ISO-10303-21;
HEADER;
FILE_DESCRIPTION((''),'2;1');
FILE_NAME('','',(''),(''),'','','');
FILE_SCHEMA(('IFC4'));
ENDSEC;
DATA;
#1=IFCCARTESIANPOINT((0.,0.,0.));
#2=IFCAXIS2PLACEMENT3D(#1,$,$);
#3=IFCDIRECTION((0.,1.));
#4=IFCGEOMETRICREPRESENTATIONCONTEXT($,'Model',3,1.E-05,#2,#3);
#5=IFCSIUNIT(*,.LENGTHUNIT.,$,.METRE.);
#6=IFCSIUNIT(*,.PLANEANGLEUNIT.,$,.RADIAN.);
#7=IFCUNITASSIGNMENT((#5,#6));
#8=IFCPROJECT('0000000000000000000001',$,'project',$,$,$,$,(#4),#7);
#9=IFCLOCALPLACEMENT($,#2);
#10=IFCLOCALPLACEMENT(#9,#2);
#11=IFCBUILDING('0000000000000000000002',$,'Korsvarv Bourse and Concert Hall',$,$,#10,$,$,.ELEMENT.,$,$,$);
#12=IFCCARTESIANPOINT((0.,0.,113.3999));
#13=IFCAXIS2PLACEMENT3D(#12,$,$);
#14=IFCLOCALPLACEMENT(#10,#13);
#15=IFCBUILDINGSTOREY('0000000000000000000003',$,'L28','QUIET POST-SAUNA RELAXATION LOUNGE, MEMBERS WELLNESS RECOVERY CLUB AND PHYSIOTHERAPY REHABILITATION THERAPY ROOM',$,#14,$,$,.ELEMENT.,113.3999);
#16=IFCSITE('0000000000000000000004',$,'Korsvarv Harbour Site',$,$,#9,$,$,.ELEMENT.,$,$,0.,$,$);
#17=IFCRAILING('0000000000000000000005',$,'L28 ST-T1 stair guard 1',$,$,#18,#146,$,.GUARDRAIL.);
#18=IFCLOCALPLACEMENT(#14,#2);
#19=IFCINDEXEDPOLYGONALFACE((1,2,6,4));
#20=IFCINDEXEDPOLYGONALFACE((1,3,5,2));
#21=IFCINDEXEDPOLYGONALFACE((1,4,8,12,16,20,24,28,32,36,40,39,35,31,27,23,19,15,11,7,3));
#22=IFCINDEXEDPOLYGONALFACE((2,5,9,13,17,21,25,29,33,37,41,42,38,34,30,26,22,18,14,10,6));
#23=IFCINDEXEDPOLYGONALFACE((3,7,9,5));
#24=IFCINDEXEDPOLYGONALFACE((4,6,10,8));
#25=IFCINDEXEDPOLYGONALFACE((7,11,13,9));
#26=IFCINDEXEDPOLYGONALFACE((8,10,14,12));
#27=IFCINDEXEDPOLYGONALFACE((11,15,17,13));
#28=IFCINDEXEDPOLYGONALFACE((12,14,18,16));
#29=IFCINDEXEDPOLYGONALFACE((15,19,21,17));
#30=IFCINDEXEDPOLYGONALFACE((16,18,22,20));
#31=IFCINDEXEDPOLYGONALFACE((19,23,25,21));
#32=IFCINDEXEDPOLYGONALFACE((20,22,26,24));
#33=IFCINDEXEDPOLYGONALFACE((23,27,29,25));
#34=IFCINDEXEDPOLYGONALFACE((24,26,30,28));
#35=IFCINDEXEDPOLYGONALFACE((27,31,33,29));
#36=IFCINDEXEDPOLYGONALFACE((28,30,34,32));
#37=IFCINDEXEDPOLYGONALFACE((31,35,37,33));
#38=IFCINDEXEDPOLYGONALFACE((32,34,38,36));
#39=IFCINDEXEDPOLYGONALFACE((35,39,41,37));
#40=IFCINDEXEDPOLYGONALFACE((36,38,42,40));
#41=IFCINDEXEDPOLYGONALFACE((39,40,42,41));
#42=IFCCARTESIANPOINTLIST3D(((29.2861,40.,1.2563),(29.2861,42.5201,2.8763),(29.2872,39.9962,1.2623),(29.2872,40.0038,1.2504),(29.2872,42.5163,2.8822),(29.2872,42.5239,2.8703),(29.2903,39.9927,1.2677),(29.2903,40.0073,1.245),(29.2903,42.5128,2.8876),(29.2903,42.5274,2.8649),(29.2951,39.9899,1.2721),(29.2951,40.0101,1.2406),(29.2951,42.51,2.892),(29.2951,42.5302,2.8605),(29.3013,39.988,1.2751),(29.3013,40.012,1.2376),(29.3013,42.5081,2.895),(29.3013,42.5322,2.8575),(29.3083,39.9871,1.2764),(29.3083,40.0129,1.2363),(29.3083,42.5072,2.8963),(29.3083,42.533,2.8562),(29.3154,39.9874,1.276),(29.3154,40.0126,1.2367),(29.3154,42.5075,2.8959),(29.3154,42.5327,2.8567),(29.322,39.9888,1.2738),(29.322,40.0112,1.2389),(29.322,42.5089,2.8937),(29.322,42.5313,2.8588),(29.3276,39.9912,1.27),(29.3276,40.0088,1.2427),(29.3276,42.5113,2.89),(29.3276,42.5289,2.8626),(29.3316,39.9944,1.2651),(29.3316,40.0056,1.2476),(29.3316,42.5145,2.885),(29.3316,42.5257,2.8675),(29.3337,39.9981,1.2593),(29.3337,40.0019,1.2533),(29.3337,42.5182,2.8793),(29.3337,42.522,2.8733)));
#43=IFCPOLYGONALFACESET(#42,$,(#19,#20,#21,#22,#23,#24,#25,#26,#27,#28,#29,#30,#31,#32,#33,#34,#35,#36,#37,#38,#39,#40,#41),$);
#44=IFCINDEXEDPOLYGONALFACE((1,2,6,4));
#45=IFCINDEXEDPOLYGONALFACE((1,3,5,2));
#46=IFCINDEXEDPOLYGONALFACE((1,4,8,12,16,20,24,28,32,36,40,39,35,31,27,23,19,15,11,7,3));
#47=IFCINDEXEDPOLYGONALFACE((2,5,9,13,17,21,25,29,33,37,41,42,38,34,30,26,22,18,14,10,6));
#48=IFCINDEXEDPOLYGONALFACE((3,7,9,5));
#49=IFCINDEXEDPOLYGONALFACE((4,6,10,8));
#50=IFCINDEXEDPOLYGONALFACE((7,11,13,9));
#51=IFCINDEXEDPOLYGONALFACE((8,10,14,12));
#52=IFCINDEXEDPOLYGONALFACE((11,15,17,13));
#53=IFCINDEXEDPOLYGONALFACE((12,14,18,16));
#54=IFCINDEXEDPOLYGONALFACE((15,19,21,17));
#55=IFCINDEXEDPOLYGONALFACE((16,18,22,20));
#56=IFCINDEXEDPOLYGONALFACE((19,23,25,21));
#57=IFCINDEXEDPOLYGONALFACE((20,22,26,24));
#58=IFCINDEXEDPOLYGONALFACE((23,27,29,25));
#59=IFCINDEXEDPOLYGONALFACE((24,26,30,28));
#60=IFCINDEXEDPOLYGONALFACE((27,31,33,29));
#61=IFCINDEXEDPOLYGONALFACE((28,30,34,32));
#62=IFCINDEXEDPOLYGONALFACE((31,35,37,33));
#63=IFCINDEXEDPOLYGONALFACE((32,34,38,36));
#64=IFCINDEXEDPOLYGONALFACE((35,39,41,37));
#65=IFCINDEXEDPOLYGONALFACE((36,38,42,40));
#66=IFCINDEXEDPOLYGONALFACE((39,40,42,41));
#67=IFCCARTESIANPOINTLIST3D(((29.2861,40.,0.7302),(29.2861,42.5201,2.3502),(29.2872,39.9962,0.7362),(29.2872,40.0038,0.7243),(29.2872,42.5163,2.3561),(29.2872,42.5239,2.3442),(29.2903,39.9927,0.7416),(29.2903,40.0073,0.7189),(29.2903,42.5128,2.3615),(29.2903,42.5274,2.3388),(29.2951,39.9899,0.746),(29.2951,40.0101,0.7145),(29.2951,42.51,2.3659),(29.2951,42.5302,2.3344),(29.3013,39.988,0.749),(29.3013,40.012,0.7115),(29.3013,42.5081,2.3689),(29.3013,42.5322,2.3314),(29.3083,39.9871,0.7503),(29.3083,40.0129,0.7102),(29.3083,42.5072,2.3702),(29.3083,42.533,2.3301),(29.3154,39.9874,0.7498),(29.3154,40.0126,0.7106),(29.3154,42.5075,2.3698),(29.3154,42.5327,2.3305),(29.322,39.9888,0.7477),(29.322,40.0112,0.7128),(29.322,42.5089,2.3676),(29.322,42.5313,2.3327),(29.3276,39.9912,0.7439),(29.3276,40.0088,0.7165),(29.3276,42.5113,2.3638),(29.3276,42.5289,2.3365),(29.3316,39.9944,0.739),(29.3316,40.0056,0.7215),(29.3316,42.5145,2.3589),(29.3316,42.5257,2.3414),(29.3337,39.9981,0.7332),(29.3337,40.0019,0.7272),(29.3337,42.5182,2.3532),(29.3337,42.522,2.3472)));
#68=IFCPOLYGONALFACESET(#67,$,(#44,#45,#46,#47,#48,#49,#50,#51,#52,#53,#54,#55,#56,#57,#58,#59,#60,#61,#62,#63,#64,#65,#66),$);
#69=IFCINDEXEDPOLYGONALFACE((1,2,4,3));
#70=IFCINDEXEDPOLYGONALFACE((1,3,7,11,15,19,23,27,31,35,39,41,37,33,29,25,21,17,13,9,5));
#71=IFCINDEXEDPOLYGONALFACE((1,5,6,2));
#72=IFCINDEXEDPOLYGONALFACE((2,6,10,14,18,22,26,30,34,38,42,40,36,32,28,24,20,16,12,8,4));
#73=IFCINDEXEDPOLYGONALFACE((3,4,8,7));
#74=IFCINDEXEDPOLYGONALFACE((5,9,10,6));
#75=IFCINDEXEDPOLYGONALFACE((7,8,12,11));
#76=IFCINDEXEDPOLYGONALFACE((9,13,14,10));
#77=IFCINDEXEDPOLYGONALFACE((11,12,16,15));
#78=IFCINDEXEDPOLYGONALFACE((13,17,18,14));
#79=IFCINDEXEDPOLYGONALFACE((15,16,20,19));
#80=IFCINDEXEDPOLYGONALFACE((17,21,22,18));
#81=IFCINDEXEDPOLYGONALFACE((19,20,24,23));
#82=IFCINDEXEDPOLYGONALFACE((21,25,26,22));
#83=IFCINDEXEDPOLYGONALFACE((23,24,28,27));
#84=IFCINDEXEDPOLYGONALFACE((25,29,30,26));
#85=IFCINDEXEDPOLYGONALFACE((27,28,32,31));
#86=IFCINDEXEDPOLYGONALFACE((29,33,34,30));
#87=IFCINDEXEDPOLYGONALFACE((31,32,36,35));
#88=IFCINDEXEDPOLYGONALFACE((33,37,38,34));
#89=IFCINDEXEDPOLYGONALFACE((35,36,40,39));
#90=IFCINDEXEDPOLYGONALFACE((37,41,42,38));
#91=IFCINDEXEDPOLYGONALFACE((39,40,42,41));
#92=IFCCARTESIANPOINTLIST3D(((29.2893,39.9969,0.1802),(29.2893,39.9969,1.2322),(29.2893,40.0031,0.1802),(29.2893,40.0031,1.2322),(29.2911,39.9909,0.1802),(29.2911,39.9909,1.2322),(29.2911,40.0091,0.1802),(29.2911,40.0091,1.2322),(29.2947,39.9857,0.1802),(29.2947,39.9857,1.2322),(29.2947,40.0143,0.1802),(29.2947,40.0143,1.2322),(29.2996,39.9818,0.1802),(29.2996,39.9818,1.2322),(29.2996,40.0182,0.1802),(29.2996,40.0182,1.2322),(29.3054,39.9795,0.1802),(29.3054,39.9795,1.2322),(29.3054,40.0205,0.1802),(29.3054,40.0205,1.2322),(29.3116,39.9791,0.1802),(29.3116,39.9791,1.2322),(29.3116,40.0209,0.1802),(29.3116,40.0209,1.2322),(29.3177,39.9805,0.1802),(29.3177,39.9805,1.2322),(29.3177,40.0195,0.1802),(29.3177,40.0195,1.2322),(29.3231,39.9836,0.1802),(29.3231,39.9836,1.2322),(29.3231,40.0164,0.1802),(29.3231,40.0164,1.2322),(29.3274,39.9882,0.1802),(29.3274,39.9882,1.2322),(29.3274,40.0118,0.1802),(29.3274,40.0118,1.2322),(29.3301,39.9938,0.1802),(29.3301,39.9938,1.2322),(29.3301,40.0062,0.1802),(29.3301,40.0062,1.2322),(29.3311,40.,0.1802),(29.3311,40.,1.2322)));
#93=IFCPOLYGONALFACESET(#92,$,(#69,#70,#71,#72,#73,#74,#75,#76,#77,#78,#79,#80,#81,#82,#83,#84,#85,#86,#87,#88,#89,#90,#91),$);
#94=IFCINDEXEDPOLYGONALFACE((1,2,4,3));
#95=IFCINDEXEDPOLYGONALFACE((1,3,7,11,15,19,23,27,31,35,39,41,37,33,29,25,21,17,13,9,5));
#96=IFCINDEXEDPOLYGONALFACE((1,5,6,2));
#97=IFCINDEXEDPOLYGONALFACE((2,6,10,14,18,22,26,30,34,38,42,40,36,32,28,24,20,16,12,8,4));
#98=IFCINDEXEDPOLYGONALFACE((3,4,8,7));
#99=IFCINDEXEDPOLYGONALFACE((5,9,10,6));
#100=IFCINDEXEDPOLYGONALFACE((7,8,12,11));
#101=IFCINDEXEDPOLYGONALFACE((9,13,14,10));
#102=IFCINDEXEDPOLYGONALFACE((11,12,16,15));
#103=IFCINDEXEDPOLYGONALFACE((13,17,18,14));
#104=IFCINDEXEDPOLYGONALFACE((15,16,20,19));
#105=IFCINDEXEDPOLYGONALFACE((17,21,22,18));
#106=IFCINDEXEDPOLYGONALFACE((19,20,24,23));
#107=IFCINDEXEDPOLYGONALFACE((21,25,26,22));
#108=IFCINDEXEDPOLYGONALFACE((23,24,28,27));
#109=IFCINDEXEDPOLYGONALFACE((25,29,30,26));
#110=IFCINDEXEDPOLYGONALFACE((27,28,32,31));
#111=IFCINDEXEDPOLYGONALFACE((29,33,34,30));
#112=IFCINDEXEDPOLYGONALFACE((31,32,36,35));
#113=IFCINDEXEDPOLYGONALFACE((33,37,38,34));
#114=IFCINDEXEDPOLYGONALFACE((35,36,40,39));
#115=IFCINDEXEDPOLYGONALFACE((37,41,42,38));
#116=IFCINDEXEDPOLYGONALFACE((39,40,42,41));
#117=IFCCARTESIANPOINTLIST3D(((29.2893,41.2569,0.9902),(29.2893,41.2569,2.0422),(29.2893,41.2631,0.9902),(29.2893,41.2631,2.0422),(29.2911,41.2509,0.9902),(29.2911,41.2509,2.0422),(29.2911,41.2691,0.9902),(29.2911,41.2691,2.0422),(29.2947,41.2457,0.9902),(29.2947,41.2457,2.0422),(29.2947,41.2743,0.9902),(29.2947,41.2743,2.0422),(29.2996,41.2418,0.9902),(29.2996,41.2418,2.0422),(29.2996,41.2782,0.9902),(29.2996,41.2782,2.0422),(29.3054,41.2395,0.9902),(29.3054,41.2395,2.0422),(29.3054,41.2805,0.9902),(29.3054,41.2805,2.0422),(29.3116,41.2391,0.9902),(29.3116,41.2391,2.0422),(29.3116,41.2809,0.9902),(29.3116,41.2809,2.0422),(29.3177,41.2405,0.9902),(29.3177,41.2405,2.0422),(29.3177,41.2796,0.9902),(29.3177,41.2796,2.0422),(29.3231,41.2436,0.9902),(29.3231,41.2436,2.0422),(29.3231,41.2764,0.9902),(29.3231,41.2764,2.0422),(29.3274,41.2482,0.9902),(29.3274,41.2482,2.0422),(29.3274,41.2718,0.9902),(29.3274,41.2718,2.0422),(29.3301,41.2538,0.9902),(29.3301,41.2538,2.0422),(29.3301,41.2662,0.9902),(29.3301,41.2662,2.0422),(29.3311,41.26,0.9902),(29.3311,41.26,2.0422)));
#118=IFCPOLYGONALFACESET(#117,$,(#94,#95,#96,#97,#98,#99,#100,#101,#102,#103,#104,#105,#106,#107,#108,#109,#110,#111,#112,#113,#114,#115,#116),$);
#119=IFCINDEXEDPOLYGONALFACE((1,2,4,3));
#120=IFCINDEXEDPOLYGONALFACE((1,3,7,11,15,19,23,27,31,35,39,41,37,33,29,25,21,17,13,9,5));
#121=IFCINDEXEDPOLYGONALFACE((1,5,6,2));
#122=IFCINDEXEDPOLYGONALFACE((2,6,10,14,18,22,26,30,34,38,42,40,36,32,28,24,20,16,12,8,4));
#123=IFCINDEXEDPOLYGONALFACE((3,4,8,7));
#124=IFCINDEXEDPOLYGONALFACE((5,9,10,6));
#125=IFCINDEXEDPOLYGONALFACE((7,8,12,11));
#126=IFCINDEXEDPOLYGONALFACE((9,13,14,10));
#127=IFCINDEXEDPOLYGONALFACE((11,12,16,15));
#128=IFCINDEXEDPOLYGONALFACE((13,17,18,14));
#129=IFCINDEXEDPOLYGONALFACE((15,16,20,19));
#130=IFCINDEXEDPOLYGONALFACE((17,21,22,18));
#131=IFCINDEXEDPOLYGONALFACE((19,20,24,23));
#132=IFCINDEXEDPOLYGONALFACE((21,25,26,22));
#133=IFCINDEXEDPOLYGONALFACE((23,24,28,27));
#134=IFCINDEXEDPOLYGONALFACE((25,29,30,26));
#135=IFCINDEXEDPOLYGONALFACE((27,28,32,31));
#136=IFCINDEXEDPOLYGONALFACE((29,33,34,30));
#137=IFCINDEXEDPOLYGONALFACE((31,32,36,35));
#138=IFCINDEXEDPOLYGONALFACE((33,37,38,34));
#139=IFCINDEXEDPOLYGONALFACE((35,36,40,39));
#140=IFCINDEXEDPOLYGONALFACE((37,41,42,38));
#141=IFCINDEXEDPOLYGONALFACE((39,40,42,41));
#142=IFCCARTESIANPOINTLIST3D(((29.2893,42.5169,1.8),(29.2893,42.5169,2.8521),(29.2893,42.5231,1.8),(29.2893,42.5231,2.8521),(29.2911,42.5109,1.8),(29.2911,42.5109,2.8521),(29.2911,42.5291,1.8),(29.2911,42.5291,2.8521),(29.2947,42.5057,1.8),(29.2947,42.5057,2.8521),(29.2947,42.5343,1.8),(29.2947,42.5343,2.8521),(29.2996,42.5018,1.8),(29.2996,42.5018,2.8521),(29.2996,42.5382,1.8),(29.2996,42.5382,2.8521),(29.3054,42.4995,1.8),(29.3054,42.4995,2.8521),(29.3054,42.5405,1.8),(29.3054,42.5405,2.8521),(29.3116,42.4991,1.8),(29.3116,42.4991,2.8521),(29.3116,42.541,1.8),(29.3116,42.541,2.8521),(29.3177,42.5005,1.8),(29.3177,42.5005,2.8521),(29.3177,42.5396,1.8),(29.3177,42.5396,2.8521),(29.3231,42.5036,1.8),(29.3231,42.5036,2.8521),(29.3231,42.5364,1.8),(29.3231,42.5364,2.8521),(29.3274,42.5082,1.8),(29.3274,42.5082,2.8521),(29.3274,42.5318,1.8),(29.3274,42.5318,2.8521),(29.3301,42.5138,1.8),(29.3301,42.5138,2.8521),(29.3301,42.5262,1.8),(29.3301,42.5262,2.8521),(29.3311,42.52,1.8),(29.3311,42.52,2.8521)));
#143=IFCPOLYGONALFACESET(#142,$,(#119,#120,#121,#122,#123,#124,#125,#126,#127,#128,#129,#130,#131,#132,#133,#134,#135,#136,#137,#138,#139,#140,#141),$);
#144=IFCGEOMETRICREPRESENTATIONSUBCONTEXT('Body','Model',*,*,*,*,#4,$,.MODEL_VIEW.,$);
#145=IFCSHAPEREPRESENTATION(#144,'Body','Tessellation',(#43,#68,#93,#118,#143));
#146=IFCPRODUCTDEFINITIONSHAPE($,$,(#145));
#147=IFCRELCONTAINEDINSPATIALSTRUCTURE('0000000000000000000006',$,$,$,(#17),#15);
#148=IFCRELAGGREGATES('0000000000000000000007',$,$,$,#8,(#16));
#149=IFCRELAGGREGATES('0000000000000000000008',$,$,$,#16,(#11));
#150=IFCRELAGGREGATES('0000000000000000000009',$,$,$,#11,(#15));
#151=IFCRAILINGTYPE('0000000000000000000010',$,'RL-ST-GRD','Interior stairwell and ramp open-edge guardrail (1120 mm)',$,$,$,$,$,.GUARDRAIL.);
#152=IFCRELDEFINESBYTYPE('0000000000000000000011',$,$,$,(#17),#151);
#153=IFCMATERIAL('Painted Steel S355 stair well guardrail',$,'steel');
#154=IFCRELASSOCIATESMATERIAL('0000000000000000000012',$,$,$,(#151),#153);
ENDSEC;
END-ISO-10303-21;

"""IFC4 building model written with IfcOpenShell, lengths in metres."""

from ifc_helpers import new_model, si_unit, direction, frame, origin, origin_2d, place, context, subcontext, project, spatial, circle, extrude, material, type_object, element, save


model = new_model("IFC4")

# Units and contexts
model_context = context("Model", 3, precision=1e-05, world=origin(), true_north=direction((0.0, 1.0)))
body_context = subcontext(model_context, "Body", "Model", "MODEL_VIEW")
ifc_project = project(units=[si_unit("LENGTHUNIT", "METRE"), si_unit("PLANEANGLEUNIT", "RADIAN")], contexts=[model_context])

# Site, building, storey
site_placement = place(None, origin())
site = spatial("IfcSite", under=ifc_project, at=site_placement, Name="Korsvarv Harbour Site", CompositionType="ELEMENT", RefElevation=0.0)
building_placement = place(site_placement, origin())
building = spatial("IfcBuilding", under=site, at=building_placement, Name="Korsvarv Bourse and Concert Hall", CompositionType="ELEMENT")
storey_placement = place(building_placement, frame((0.0, 0.0, 113.3999)))
storey = spatial("IfcBuildingStorey", under=building, at=storey_placement, Name="L28", Description="QUIET POST-SAUNA RELAXATION LOUNGE, MEMBERS WELLNESS RECOVERY CLUB AND PHYSIOTHERAPY REHABILITATION THERAPY ROOM", CompositionType="ELEMENT", Elevation=113.3999)

# Railing
ifc_material_1 = material(Name="Painted Steel S355 stair well guardrail", Category="steel")
railing_type_1 = type_object("IfcRailingType", Name="RL-ST-GRD", Description="Interior stairwell and ramp open-edge guardrail (1120 mm)", PredefinedType="GUARDRAIL", material=ifc_material_1)
railing_1_placement = place(storey_placement, frame((29.3101, 40.0, 0.1802)))
element("IfcRailing", 1, at=railing_1_placement, inside=storey, type_object=railing_type_1, Name="L28 ST-T1 stair guard 1", PredefinedType="GUARDRAIL", context=body_context, shape_type="SweptSolid", body=[
    extrude(circle(Radius=0.0239, at=origin_2d()), frame((0.0, 0.0, 1.0762), z_axis=(0.0, 0.8412, 0.540725), x_axis=(-1.0, 0.0, 0.0)), (0.0, 0.0, 1.0), 2.9958),
    extrude(circle(Radius=0.0239, at=origin_2d()), frame((0.0, 0.0, 0.55), z_axis=(0.0, 0.8412, 0.540725), x_axis=(-1.0, 0.0, 0.0)), (0.0, 0.0, 1.0), 2.9958),
    extrude(circle(Radius=0.021, at=origin_2d()), origin(), (0.0, 0.0, 1.0), 1.052),
    extrude(circle(Radius=0.021, at=origin_2d()), frame((0.0, 1.26, 0.8101)), (0.0, 0.0, 1.0), 1.052),
    extrude(circle(Radius=0.021, at=origin_2d()), frame((0.0, 2.52, 1.6199)), (0.0, 0.0, 1.0), 1.052),
])

save(model, "model.ifc")
